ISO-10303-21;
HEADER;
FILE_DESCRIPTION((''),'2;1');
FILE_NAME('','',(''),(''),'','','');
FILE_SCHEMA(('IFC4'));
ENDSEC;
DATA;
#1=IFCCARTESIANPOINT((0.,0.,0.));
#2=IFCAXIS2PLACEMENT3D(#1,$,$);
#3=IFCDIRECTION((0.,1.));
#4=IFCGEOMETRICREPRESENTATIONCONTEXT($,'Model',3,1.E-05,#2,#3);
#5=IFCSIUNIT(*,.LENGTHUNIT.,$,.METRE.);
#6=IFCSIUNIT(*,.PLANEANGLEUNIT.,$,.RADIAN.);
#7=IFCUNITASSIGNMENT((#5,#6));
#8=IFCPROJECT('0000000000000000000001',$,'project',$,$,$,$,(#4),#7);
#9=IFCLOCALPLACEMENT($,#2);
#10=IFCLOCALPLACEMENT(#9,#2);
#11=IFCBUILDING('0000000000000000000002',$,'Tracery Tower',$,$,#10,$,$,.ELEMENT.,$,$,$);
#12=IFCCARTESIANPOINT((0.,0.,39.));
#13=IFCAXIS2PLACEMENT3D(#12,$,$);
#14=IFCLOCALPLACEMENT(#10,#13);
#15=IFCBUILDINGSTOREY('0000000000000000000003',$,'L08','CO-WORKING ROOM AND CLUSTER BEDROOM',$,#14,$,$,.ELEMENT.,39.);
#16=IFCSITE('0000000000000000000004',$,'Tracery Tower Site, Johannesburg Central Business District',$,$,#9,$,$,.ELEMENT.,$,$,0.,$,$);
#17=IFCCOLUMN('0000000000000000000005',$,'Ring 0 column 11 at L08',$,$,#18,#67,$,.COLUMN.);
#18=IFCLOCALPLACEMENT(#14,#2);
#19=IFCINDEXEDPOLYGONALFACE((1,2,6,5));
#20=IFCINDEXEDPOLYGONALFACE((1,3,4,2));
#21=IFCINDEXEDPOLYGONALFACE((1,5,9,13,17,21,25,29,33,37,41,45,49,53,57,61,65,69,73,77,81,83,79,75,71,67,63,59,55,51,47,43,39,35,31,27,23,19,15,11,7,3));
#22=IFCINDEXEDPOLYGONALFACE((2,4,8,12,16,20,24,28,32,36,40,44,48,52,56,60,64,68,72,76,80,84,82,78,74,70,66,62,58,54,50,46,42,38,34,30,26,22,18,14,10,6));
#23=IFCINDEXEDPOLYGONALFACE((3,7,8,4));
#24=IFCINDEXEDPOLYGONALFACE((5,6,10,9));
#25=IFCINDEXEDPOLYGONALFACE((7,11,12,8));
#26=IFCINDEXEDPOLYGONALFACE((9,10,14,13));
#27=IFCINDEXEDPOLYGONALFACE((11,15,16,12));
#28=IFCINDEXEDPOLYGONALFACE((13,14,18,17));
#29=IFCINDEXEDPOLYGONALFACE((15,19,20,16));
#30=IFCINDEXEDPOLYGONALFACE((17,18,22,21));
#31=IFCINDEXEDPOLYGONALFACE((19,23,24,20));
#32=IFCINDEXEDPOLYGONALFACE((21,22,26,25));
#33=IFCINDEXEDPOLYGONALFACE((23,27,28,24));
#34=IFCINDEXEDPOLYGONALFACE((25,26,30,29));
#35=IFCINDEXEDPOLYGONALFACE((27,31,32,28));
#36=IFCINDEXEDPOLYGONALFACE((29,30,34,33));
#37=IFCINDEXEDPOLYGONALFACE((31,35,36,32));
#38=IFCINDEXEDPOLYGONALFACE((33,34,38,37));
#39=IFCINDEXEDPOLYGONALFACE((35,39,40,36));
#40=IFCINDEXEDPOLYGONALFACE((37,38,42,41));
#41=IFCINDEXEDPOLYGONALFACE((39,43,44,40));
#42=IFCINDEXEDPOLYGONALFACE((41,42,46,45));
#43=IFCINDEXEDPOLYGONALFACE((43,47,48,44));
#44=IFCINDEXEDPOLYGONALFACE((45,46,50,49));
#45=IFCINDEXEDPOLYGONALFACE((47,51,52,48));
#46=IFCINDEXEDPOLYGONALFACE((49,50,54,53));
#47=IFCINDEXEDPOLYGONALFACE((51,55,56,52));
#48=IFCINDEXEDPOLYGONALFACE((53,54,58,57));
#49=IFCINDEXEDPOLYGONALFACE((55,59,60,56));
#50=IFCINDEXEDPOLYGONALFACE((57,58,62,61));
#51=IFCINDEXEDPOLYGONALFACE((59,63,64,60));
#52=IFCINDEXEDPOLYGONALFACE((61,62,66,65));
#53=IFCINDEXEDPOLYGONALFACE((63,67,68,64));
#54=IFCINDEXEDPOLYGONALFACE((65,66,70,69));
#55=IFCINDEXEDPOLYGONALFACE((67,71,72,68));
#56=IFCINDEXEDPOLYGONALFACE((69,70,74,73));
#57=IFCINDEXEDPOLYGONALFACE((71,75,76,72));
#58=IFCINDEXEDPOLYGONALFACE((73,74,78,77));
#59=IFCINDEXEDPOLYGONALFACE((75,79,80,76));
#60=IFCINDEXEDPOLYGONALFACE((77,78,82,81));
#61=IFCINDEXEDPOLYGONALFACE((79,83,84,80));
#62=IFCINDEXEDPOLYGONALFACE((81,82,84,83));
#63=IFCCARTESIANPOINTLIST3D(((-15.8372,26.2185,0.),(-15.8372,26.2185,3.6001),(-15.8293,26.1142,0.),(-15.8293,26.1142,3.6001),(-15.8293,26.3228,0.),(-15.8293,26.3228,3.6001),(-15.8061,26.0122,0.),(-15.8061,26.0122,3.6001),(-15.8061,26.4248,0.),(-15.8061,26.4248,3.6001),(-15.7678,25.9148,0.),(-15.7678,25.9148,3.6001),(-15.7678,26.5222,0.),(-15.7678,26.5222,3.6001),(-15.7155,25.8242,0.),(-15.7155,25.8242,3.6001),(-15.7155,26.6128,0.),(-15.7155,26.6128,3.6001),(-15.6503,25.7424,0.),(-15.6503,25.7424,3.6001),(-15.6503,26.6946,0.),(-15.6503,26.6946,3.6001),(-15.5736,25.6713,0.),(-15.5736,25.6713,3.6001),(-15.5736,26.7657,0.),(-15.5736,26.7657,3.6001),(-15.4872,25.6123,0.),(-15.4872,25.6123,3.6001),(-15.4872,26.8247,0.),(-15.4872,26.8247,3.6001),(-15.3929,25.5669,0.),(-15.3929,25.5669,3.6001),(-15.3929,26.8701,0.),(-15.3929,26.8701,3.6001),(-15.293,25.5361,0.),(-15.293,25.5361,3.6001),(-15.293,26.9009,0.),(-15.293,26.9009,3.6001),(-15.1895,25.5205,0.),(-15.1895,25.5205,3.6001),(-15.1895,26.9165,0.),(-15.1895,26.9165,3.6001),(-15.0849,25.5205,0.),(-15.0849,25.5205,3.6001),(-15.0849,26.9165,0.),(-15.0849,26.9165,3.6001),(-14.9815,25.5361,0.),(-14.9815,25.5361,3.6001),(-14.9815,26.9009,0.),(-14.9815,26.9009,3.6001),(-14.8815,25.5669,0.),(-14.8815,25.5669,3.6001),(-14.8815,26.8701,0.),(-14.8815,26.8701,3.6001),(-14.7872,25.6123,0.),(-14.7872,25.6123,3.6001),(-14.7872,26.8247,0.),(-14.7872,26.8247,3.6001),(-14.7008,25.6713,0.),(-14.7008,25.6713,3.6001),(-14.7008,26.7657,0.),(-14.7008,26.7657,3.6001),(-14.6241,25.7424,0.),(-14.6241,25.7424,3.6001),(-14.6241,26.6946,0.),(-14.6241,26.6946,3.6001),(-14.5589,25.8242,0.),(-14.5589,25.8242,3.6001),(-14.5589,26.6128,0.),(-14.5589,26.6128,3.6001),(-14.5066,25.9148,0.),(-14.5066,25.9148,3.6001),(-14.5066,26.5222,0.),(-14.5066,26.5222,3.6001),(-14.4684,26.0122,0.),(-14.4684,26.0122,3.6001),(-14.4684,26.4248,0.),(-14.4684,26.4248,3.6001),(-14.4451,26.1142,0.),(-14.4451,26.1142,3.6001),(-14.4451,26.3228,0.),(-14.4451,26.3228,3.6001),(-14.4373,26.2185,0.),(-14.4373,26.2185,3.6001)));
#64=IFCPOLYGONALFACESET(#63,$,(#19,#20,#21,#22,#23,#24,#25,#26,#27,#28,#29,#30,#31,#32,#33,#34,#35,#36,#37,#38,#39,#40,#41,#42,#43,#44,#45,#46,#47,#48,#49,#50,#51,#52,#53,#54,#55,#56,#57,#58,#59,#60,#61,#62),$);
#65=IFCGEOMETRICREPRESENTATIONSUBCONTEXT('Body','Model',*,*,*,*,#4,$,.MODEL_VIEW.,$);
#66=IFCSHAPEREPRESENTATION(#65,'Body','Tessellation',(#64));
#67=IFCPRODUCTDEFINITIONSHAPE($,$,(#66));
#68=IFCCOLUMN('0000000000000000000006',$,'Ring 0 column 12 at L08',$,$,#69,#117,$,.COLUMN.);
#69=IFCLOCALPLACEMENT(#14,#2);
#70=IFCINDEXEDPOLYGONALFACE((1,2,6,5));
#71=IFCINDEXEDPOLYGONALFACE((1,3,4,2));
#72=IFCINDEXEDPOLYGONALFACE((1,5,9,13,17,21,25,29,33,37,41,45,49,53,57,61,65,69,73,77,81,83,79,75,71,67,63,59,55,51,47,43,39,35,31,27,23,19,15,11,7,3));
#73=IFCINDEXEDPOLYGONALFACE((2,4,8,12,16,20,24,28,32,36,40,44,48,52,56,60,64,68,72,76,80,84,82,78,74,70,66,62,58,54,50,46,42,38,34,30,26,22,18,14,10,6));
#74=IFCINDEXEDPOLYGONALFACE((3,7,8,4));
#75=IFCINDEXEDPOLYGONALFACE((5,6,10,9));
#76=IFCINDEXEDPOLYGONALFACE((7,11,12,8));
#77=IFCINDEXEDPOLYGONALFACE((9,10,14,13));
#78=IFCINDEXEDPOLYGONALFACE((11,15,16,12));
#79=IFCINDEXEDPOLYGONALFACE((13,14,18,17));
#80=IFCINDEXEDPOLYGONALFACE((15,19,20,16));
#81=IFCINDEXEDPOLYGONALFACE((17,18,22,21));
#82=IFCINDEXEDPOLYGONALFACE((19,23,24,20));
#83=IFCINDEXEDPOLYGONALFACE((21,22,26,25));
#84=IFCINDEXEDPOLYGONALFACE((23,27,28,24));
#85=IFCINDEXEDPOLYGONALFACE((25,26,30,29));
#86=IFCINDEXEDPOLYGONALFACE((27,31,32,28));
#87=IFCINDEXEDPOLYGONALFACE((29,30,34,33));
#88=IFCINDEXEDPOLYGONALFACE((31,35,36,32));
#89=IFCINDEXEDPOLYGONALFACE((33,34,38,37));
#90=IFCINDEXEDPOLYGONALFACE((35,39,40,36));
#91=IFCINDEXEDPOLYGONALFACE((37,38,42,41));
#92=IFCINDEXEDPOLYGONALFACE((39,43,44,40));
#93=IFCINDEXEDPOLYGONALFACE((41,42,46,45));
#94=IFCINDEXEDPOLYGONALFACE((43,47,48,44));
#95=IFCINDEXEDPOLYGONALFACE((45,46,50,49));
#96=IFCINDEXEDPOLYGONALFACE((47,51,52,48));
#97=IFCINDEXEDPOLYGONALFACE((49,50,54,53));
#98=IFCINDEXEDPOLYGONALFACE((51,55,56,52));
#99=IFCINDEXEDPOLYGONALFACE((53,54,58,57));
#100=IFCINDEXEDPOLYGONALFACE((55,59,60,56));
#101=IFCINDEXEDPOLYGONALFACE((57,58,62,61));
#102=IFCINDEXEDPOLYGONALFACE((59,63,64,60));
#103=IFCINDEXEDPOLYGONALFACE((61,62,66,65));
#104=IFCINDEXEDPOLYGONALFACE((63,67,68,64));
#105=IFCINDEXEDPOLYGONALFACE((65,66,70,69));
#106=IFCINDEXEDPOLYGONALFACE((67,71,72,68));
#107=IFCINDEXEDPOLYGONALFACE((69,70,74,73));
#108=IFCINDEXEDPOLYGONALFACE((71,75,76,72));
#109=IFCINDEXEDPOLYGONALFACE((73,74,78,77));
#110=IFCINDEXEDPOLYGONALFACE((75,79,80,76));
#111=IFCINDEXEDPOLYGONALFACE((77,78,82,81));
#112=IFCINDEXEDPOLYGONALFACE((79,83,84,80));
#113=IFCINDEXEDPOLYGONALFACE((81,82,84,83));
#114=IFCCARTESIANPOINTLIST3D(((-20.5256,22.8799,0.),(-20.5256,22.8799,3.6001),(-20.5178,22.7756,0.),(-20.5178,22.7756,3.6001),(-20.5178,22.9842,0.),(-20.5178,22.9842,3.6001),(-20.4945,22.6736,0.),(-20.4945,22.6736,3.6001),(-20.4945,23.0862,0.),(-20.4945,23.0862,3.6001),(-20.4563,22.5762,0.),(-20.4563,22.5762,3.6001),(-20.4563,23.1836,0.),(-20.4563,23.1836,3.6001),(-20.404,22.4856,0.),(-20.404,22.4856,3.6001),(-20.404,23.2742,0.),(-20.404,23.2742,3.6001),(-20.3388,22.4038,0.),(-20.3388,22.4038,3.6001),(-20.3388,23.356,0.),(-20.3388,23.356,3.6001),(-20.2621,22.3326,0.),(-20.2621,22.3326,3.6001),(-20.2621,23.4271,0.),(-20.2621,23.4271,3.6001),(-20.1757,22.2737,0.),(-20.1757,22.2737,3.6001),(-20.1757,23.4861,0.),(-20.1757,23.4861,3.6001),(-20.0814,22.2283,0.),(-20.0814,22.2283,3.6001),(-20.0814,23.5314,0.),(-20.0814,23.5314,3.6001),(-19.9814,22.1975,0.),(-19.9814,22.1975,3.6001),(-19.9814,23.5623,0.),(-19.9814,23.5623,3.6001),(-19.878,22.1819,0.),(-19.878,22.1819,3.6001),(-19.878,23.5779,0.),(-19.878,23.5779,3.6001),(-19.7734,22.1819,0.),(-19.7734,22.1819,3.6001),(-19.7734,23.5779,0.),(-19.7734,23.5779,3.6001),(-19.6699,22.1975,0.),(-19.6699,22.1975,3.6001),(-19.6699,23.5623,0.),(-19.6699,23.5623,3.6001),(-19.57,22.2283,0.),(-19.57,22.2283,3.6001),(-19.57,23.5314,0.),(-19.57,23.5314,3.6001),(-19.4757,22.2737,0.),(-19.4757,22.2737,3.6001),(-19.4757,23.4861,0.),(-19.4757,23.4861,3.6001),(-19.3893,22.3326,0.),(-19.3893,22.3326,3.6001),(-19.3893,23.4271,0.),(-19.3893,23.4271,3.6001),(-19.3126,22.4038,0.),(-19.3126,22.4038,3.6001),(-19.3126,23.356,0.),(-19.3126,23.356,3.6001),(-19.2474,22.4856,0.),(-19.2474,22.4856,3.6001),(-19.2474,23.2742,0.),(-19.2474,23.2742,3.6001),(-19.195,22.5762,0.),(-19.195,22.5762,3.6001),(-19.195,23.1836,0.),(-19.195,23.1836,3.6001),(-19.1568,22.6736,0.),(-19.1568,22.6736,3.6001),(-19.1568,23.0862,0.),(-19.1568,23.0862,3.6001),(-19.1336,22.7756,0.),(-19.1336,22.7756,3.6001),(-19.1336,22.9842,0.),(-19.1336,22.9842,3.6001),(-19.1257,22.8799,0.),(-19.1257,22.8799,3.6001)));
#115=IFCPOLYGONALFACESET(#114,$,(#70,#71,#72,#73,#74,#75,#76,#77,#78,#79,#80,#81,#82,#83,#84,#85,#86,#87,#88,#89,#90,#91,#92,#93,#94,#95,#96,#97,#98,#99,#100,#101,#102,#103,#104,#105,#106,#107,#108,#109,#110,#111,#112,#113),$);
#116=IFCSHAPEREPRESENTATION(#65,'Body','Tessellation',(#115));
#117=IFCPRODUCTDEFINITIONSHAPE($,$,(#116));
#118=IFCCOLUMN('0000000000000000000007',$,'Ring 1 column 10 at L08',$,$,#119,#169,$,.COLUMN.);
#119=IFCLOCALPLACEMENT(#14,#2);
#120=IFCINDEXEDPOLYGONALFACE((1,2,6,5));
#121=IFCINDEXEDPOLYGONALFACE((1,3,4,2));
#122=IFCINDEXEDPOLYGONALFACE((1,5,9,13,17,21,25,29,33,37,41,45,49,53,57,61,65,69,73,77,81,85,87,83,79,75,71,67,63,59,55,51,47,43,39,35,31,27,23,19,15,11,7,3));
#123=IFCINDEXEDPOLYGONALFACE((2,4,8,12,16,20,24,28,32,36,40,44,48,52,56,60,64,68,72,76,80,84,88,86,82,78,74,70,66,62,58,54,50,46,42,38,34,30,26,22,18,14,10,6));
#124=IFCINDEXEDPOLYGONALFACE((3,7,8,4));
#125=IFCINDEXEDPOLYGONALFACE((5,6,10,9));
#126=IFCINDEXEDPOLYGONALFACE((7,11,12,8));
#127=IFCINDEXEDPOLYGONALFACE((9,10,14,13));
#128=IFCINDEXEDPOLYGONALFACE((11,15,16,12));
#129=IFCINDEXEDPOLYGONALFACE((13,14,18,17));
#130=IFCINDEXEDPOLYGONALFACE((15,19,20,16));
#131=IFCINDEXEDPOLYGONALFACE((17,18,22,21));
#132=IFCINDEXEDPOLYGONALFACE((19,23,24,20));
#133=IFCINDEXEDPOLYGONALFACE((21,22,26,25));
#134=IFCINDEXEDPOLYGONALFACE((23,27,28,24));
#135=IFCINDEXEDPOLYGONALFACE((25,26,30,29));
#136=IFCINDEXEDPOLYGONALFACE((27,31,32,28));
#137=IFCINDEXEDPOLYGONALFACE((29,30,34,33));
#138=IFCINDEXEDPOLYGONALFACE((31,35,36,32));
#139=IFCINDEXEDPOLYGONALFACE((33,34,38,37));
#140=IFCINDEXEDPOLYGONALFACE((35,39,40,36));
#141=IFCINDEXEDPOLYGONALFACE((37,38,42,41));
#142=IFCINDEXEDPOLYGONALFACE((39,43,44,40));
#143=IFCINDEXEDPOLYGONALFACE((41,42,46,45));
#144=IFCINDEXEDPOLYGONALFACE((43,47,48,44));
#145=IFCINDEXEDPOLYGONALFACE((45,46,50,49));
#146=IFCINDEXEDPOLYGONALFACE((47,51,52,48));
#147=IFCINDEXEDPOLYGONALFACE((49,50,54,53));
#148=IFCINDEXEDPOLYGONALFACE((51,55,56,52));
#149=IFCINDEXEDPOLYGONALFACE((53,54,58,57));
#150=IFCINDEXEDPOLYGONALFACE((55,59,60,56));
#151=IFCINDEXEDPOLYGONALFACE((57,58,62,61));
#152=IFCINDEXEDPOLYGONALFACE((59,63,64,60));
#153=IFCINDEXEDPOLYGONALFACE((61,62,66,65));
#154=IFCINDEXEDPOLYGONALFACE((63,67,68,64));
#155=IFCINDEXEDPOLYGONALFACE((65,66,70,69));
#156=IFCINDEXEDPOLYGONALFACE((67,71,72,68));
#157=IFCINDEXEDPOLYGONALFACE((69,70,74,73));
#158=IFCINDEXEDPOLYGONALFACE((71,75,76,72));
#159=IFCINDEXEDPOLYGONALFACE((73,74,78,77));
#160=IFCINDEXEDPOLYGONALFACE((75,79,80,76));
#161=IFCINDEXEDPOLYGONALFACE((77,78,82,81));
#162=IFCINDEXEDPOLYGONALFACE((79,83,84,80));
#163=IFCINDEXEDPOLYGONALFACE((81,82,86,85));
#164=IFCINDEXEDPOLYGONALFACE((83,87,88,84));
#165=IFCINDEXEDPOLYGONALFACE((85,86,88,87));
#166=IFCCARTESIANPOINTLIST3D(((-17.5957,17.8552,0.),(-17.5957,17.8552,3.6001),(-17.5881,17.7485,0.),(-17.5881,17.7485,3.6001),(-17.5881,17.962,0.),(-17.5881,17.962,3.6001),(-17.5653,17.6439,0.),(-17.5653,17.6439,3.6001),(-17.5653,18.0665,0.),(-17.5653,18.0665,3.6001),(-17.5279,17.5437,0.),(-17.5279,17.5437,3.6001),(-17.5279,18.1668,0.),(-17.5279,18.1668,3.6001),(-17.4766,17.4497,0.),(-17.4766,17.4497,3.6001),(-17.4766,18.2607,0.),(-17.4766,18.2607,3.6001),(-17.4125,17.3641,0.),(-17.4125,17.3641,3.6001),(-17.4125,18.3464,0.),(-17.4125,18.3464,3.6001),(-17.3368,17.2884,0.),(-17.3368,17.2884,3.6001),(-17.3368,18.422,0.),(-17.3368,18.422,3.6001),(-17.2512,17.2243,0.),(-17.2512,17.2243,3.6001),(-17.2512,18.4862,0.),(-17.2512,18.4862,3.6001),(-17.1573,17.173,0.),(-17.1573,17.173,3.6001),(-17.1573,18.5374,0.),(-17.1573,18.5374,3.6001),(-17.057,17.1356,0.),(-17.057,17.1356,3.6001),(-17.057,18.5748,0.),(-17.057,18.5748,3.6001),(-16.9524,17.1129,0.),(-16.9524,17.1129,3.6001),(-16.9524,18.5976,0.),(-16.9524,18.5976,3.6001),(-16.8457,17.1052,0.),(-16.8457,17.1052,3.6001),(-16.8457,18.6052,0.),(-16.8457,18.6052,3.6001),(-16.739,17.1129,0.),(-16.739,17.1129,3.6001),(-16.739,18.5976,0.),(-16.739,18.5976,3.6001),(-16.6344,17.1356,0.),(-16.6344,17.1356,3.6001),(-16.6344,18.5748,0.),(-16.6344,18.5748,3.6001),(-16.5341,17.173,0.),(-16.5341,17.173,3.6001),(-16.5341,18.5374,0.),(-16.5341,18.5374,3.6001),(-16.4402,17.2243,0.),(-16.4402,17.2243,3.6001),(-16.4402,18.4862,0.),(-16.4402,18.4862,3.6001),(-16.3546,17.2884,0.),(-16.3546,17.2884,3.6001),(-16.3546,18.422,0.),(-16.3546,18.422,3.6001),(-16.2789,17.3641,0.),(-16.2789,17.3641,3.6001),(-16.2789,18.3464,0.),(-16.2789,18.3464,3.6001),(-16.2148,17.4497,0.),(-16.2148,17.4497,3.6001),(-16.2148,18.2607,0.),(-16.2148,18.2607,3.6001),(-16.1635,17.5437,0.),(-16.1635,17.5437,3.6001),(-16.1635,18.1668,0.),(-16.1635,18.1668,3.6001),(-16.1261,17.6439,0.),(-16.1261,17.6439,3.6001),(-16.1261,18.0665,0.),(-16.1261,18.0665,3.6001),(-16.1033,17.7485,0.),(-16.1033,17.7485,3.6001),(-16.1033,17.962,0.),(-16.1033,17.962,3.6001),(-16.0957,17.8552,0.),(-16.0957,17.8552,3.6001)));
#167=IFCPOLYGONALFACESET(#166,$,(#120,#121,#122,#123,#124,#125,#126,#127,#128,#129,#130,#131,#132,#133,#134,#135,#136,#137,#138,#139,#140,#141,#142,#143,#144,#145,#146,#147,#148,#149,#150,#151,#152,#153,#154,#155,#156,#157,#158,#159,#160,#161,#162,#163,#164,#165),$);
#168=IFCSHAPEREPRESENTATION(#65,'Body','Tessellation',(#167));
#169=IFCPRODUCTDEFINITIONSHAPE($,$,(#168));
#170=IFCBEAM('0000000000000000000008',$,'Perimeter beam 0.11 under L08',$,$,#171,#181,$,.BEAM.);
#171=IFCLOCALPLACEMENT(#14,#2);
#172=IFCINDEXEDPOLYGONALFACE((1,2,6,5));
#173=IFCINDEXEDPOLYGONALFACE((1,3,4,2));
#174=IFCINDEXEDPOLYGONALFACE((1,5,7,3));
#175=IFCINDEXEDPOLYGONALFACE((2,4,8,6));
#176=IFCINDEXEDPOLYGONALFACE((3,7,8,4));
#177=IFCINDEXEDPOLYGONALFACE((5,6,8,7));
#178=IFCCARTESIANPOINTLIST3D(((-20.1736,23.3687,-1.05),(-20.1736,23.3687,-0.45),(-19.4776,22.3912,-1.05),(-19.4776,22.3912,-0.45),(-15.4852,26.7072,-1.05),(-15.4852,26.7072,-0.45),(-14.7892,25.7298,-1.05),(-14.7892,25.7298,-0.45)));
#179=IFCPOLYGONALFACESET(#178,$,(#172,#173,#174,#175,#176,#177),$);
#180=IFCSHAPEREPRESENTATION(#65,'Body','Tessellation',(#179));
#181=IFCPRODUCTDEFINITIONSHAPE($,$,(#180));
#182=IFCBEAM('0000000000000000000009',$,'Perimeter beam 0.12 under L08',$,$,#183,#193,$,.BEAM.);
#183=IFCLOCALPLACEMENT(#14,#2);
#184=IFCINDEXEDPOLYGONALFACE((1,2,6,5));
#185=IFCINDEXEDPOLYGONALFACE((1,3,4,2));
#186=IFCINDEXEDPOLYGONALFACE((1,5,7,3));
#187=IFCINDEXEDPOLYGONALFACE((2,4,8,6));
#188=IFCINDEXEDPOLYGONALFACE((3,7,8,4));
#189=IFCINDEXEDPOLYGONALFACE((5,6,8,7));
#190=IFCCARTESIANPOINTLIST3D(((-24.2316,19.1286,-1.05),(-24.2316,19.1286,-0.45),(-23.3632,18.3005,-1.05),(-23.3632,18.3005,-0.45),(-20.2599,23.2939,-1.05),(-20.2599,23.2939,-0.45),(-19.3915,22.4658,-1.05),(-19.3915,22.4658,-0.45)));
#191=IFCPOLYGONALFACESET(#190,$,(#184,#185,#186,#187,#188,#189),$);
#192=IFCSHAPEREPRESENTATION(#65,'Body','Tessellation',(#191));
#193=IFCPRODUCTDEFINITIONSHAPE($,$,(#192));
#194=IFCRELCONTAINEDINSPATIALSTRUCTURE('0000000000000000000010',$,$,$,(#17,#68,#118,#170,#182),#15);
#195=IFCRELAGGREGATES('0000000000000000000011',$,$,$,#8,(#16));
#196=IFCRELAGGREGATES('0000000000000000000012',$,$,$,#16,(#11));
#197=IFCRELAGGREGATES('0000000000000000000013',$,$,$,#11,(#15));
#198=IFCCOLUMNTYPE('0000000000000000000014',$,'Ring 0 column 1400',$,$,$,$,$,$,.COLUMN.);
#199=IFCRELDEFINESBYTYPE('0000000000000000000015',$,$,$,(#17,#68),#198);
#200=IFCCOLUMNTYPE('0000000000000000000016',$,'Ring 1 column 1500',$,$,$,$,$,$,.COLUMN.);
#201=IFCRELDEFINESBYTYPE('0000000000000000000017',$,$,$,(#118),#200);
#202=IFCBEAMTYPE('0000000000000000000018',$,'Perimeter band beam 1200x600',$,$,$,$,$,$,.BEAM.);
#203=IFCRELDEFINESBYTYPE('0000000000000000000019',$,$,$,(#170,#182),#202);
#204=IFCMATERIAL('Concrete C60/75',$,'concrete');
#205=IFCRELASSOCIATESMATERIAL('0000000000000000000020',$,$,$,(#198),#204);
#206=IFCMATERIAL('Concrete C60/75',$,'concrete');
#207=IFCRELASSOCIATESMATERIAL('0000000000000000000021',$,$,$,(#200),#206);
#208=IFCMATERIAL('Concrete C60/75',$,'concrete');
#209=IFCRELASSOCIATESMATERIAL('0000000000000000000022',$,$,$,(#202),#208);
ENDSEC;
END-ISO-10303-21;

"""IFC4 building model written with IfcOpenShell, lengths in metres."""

from ifc_helpers import new_model, si_unit, direction, frame, origin, origin_2d, place, context, subcontext, project, spatial, rectangle, circle, extrude, material, material_profile, profile_set, type_object, element, save


model = new_model("IFC4")

# Units and contexts
model_context = context("Model", 3, precision=1e-05, world=origin(), true_north=direction((0.0, 1.0)))
body_context = subcontext(model_context, "Body", "Model", "MODEL_VIEW")
ifc_project = project(units=[si_unit("LENGTHUNIT", "METRE"), si_unit("PLANEANGLEUNIT", "RADIAN")], contexts=[model_context])

# Site, building, storey
site_placement = place(None, origin())
site = spatial("IfcSite", under=ifc_project, at=site_placement, Name="Tracery Tower Site, Johannesburg Central Business District", CompositionType="ELEMENT", RefElevation=0.0)
building_placement = place(site_placement, origin())
building = spatial("IfcBuilding", under=site, at=building_placement, Name="Tracery Tower", CompositionType="ELEMENT")
storey_placement = place(building_placement, frame((0.0, 0.0, 39.0)))
storey = spatial("IfcBuildingStorey", under=building, at=storey_placement, Name="L08", Description="CO-WORKING ROOM AND CLUSTER BEDROOM", CompositionType="ELEMENT", Elevation=39.0)

# Columns
ifc_material_1 = material(Name="Concrete C60/75", Category="concrete")
ifc_material_profile_1 = material_profile(ifc_material_1, circle(Radius=0.7, at=origin_2d()), Name="RC D1400")
ifc_profile_set_1 = profile_set([ifc_material_profile_1], Name="Concrete C60/75")
column_type_1 = type_object("IfcColumnType", Name="Ring 0 column 1400", PredefinedType="COLUMN", material=ifc_profile_set_1)
for number, where, z_axis, x_axis, name in (
    (1, (-15.1372, 26.2185, 0.0), (0.0, 0.0, 1.0), (1.0, 0.0, 0.0), "Ring 0 column 11 at L08"),
    (2, (-19.8257, 22.8799, 0.0), (0.0, 0.0, 1.0), (1.0, 0.0, 0.0), "Ring 0 column 12 at L08"),
):
    element("IfcColumn", number, at=place(storey_placement, frame(where, z_axis=z_axis, x_axis=x_axis)), inside=storey, type_object=column_type_1, Name=name, PredefinedType="COLUMN", context=body_context, shape_type="SweptSolid", body=[
        extrude(circle(Radius=0.7, at=origin_2d()), origin(), (0.0, 0.0, 1.0), 3.6001),
    ])
ifc_material_2 = material(Name="Concrete C60/75", Category="concrete")
ifc_material_profile_2 = material_profile(ifc_material_2, circle(Radius=0.75, at=origin_2d()), Name="RC D1500")
ifc_profile_set_2 = profile_set([ifc_material_profile_2], Name="Concrete C60/75")
column_type_2 = type_object("IfcColumnType", Name="Ring 1 column 1500", PredefinedType="COLUMN", material=ifc_profile_set_2)
column_placement = place(storey_placement, frame((-16.8457, 17.8552, 0.0), z_axis=(0.0, 0.0, 1.0), x_axis=(1.0, 0.0, 0.0)))
element("IfcColumn", 3, at=column_placement, inside=storey, type_object=column_type_2, Name="Ring 1 column 10 at L08", PredefinedType="COLUMN", context=body_context, shape_type="SweptSolid", body=[
    extrude(circle(Radius=0.75, at=origin_2d()), origin(), (0.0, 0.0, 1.0), 3.6001),
])

# Beams
ifc_material_3 = material(Name="Concrete C60/75", Category="concrete")
ifc_material_profile_3 = material_profile(ifc_material_3, rectangle(XDim=1.2, YDim=0.6001, at=origin_2d()), Name="RC 1200x600")
ifc_profile_set_3 = profile_set([ifc_material_profile_3], Name="Concrete C60/75")
beam_type = type_object("IfcBeamType", Name="Perimeter band beam 1200x600", PredefinedType="BEAM", material=ifc_profile_set_3)
beam_1_placement = place(storey_placement, frame((-15.1372, 26.2185, -0.75), z_axis=(-0.814578, -0.580054, 0.0), x_axis=(0.580054, -0.814578, 0.0)))
element("IfcBeam", 4, at=beam_1_placement, inside=storey, type_object=beam_type, Name="Perimeter beam 0.11 under L08", PredefinedType="BEAM", context=body_context, shape_type="SweptSolid", body=[
    extrude(rectangle(XDim=1.2, YDim=0.6001, at=origin_2d()), origin(), (0.0, 0.0, 1.0), 5.7556),
])
beam_2_placement = place(storey_placement, frame((-19.8257, 22.8799, -0.75), z_axis=(-0.690087, -0.723726, 0.0), x_axis=(0.723726, -0.690087, 0.0)))
element("IfcBeam", 5, at=beam_2_placement, inside=storey, type_object=beam_type, Name="Perimeter beam 0.12 under L08", PredefinedType="BEAM", context=body_context, shape_type="SweptSolid", body=[
    extrude(rectangle(XDim=1.2, YDim=0.6001, at=origin_2d()), origin(), (0.0, 0.0, 1.0), 5.7554),
])

save(model, "model.ifc")
